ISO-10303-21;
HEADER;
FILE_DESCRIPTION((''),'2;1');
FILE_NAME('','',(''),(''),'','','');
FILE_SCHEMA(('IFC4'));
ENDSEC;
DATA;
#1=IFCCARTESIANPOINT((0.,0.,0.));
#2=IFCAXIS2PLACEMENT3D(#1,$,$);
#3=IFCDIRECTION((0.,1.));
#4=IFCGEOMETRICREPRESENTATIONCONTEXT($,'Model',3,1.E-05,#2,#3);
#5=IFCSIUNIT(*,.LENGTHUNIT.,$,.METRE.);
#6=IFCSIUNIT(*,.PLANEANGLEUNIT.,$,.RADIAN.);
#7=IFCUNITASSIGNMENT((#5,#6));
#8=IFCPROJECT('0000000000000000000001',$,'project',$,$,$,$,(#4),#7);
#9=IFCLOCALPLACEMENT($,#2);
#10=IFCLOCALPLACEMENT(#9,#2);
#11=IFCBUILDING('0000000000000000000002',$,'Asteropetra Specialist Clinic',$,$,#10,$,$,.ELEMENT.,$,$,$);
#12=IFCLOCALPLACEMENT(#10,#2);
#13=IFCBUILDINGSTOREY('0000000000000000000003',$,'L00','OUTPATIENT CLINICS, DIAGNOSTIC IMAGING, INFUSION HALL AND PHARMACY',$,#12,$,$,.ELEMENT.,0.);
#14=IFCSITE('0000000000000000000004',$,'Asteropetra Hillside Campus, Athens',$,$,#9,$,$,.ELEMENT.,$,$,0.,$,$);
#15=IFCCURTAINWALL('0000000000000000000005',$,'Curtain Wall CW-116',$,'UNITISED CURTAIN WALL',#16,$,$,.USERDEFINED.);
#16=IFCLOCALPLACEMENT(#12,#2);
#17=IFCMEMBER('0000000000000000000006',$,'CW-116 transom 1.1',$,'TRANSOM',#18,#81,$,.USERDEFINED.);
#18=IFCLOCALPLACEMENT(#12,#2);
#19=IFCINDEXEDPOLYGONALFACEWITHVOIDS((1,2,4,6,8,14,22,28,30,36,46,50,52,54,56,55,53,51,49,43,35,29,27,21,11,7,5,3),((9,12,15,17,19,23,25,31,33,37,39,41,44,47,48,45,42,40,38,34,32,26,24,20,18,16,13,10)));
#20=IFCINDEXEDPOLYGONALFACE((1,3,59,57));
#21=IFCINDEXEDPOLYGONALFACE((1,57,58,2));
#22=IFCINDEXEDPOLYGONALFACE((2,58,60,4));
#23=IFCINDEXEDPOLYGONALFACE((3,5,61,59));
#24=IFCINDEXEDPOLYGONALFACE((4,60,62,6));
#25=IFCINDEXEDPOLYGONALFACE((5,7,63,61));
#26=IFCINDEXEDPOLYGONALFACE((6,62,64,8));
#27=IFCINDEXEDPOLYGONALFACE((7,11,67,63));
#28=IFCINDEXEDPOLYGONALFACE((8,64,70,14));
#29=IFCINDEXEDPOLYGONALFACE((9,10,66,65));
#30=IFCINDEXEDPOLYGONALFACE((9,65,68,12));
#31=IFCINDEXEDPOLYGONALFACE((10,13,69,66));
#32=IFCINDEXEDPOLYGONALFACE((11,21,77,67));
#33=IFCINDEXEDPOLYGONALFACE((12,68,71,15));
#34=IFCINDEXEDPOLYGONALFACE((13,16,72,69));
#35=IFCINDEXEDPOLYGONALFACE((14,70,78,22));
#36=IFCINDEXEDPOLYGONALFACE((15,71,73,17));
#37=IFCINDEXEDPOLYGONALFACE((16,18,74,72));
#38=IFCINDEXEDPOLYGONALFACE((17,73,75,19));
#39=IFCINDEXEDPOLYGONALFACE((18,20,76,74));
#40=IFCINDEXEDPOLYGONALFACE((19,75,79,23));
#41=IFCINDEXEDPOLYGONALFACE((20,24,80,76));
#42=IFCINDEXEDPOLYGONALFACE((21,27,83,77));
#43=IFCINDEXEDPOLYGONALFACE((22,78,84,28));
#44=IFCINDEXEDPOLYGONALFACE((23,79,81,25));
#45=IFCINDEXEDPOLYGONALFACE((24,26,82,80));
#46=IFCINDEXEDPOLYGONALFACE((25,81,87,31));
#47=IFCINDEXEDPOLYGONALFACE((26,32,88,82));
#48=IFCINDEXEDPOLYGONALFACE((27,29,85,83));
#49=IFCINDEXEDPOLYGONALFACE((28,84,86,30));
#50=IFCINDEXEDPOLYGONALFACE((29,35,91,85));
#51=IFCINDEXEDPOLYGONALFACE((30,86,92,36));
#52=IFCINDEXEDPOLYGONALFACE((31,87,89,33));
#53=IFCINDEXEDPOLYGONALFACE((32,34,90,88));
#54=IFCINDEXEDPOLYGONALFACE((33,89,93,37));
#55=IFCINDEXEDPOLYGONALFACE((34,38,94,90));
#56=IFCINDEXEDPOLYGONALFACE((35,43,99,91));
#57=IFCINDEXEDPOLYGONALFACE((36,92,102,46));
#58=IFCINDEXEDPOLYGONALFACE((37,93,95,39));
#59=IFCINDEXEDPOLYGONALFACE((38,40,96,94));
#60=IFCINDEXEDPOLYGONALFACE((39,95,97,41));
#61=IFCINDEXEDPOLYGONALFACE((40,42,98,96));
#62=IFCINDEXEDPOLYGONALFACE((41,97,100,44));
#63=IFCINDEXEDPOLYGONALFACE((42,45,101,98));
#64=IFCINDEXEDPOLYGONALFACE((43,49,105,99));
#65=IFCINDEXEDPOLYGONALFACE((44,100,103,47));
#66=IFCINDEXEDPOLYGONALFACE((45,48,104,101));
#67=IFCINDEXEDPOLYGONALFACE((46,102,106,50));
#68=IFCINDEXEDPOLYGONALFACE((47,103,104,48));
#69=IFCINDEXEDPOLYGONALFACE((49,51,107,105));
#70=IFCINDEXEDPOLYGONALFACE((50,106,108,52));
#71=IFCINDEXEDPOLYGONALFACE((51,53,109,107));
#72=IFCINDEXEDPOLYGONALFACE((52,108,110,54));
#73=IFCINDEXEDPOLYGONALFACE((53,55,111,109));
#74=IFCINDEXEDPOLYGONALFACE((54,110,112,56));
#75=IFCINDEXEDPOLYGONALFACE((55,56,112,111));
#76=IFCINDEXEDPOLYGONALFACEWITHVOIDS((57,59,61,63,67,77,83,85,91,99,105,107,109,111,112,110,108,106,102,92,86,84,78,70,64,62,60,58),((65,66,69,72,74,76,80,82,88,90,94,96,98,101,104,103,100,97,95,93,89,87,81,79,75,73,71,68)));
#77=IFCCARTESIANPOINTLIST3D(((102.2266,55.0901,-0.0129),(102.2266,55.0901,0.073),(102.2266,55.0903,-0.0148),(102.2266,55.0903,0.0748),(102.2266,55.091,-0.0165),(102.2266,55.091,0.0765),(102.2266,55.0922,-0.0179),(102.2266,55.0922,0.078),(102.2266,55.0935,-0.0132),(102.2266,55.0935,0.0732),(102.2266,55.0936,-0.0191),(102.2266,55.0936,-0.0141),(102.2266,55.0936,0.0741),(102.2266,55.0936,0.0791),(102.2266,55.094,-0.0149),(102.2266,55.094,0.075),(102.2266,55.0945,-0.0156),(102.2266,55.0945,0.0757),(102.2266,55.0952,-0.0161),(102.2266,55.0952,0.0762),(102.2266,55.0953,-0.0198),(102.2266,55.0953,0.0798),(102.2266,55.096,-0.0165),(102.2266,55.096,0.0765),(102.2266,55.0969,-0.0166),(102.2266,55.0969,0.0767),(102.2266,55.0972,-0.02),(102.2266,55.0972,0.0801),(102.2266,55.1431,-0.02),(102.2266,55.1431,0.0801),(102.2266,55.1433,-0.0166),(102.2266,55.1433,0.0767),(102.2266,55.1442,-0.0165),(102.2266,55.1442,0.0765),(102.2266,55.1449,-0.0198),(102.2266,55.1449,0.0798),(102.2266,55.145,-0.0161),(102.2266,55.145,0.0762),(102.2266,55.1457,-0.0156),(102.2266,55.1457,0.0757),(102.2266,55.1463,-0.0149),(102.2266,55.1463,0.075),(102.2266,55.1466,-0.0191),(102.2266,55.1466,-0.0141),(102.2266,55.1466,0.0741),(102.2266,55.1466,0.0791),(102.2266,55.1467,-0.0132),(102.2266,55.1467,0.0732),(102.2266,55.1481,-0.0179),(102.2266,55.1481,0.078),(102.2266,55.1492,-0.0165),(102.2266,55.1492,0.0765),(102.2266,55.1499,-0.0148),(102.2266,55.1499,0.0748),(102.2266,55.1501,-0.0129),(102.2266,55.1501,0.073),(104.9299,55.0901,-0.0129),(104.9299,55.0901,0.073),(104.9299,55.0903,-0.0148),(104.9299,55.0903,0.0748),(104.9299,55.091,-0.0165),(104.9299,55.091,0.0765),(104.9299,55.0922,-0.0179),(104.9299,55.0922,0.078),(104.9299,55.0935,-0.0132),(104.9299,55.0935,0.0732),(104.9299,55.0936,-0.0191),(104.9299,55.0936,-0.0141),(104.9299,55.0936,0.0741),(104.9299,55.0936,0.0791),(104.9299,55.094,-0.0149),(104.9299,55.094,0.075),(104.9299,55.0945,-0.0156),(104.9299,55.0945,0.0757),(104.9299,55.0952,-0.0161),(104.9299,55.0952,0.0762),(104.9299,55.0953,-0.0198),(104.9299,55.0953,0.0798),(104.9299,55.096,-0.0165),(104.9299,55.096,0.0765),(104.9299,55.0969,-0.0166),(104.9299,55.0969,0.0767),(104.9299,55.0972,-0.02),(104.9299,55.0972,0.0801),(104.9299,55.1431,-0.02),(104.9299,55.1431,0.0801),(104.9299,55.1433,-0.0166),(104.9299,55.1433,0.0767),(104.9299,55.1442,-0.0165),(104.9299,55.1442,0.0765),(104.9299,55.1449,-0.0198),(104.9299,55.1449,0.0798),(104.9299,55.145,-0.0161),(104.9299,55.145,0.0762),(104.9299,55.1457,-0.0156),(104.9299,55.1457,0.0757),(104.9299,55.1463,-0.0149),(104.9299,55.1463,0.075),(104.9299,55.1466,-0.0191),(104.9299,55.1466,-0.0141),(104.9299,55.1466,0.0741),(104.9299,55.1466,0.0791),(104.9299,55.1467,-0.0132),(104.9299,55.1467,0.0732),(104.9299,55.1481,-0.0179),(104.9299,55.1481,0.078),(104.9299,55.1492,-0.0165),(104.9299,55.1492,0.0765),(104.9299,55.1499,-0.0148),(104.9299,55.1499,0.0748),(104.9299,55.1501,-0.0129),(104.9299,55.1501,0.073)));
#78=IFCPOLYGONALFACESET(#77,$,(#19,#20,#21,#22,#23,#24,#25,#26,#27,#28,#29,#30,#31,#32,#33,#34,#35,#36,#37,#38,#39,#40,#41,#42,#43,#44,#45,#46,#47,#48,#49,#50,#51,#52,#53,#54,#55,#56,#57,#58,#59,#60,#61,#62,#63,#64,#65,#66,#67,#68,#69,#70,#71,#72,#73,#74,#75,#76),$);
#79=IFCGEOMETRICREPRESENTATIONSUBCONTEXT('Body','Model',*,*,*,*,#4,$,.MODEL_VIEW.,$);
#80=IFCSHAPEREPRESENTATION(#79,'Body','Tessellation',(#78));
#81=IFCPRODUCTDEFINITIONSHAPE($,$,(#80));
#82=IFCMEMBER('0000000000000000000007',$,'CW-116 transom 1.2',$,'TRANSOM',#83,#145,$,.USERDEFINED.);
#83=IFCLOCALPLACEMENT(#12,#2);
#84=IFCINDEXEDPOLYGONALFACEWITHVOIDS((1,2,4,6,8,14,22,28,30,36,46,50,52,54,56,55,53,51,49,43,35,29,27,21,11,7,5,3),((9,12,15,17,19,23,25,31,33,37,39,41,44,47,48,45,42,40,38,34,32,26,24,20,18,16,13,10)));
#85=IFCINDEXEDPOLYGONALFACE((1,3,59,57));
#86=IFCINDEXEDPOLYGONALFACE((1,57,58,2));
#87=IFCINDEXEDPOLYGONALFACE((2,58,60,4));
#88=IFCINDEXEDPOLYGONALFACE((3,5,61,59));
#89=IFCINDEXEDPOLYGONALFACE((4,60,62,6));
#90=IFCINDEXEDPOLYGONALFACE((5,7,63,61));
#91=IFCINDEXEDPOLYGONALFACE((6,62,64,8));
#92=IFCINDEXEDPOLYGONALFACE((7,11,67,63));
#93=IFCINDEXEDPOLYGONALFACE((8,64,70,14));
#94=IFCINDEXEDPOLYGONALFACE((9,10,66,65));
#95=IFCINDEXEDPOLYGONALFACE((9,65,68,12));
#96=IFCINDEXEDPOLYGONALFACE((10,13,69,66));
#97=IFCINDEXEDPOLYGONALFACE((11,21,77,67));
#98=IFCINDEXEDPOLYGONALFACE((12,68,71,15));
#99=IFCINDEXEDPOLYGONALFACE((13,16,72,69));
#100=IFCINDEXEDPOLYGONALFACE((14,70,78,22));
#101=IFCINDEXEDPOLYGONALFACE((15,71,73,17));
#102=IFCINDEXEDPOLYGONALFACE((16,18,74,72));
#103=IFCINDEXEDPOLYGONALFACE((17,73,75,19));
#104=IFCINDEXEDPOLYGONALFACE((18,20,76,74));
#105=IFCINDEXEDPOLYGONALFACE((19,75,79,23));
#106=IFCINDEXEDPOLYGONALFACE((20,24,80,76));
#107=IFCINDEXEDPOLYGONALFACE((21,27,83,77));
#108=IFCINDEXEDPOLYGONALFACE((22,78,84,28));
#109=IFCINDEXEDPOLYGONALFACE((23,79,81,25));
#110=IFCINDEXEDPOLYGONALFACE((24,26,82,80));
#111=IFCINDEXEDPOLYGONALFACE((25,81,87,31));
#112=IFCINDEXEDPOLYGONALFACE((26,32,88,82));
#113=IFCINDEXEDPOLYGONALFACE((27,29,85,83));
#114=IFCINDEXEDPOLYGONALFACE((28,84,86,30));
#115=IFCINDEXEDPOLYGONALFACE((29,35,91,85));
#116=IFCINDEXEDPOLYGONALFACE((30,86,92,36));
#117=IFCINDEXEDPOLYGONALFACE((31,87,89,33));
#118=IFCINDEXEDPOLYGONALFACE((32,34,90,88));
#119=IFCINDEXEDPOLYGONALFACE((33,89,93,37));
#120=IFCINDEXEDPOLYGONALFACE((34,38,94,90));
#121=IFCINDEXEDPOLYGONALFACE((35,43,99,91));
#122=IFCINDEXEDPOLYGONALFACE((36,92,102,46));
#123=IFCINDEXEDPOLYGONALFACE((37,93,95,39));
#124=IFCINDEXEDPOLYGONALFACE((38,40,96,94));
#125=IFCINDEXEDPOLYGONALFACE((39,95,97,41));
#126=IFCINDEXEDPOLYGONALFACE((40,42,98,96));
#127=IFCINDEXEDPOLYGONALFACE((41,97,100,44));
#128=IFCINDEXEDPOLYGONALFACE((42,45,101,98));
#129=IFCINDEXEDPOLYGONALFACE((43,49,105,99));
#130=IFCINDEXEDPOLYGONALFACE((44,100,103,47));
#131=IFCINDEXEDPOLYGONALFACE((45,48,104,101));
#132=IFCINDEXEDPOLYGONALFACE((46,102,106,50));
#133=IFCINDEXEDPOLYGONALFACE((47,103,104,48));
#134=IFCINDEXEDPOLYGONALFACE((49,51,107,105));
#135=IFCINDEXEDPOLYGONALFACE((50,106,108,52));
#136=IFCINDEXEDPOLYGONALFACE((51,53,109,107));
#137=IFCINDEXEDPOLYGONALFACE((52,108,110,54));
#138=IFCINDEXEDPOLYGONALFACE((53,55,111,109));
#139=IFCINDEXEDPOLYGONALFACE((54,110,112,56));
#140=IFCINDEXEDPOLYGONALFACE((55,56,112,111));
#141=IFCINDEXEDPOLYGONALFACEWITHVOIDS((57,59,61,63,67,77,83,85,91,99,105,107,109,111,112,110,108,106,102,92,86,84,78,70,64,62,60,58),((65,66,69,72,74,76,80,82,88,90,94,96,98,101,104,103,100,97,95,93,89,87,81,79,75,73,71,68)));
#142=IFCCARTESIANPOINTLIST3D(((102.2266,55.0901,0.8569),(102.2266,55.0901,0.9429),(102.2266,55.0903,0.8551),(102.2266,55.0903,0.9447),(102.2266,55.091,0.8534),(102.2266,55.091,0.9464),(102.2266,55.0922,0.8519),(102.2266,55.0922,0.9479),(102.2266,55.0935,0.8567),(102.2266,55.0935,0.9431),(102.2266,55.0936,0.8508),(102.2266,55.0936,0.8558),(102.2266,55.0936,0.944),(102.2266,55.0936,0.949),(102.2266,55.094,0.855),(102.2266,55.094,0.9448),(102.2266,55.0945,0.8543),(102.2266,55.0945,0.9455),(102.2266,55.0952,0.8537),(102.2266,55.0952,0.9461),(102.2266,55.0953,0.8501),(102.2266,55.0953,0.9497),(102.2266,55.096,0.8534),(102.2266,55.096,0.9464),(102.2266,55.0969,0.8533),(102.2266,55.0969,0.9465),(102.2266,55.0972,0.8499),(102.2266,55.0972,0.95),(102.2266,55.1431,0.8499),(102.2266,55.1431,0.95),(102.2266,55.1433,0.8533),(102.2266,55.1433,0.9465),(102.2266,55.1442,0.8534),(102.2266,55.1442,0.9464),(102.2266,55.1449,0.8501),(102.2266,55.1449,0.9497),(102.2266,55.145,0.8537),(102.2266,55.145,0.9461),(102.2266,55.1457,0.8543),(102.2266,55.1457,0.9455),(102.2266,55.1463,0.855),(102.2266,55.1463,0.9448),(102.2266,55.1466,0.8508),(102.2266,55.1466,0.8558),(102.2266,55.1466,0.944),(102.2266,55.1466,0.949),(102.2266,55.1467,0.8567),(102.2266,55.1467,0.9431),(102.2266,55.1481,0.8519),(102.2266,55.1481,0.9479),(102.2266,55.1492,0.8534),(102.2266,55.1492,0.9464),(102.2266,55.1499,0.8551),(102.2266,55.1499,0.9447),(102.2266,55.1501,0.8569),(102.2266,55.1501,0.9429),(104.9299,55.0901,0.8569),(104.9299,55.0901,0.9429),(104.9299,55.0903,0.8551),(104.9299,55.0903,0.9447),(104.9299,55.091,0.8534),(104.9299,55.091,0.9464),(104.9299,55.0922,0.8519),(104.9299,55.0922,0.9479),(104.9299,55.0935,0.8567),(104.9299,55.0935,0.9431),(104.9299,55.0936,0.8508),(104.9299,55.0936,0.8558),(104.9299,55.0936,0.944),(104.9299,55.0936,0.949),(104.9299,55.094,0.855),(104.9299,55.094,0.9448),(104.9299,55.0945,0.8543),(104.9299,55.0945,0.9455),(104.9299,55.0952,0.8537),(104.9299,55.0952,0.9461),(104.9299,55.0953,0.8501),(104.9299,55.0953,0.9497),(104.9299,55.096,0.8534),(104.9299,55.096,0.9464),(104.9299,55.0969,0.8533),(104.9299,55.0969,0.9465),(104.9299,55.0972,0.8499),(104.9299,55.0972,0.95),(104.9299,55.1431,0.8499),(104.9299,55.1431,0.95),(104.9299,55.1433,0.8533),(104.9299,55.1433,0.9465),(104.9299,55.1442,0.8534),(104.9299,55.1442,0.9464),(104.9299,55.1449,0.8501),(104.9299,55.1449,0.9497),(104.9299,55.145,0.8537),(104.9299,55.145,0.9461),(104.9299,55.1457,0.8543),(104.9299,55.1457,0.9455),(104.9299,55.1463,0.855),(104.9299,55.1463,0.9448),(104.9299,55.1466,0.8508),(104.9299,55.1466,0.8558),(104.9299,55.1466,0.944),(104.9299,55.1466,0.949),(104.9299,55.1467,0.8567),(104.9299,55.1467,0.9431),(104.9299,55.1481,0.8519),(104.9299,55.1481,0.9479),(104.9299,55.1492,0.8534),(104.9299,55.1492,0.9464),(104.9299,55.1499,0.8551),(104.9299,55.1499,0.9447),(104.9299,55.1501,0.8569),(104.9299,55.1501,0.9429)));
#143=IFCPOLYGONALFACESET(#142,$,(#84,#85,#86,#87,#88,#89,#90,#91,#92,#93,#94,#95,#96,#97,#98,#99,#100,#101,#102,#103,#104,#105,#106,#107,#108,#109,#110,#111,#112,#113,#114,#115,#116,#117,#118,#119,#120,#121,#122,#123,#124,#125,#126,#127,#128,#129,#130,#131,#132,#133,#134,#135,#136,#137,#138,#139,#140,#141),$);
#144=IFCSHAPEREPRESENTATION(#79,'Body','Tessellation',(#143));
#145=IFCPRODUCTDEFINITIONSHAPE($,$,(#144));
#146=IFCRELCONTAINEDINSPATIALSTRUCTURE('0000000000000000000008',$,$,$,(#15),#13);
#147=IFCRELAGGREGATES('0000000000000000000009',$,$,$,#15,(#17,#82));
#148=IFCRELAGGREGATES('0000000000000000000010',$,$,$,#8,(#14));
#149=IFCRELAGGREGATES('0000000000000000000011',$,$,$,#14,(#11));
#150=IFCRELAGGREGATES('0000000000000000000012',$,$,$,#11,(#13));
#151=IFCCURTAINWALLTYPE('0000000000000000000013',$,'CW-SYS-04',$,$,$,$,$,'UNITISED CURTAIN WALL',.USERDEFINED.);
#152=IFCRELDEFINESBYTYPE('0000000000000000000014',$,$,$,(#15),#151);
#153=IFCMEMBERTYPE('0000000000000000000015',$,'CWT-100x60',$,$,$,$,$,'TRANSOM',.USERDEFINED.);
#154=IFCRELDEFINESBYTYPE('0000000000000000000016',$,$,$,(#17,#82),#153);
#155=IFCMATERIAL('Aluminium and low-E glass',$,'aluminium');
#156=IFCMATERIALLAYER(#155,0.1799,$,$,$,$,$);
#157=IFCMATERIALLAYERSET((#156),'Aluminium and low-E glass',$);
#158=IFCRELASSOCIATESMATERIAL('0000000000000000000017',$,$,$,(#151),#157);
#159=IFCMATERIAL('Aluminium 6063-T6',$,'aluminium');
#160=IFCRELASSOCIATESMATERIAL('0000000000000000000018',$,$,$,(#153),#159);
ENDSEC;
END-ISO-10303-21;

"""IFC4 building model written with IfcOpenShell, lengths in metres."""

from ifc_helpers import new_model, si_unit, direction, frame, origin, origin_2d, place, context, subcontext, project, spatial, hollow_rectangle, extrude, material, layer, layer_set, material_profile, profile_set, type_object, element, aggregate, save


model = new_model("IFC4")

# Units and contexts
model_context = context("Model", 3, precision=1e-05, world=origin(), true_north=direction((0.0, 1.0)))
body_context = subcontext(model_context, "Body", "Model", "MODEL_VIEW")
ifc_project = project(units=[si_unit("LENGTHUNIT", "METRE"), si_unit("PLANEANGLEUNIT", "RADIAN")], contexts=[model_context])

# Site, building, storey
site_placement = place(None, origin())
site = spatial("IfcSite", under=ifc_project, at=site_placement, Name="Asteropetra Hillside Campus, Athens", CompositionType="ELEMENT", RefElevation=0.0)
building_placement = place(site_placement, origin())
building = spatial("IfcBuilding", under=site, at=building_placement, Name="Asteropetra Specialist Clinic", CompositionType="ELEMENT")
storey_placement = place(building_placement, origin())
storey = spatial("IfcBuildingStorey", under=building, at=storey_placement, Name="L00", Description="OUTPATIENT CLINICS, DIAGNOSTIC IMAGING, INFUSION HALL AND PHARMACY", CompositionType="ELEMENT", Elevation=0.0)

# Curtain wall
ifc_material_1 = material(Name="Aluminium and low-E glass", Category="aluminium")
ifc_layer_1 = layer(ifc_material_1, 0.1799)
ifc_layer_set_1 = layer_set([ifc_layer_1], Name="Aluminium and low-E glass")
curtain_wall_type_1 = type_object("IfcCurtainWallType", Name="CW-SYS-04", ElementType="UNITISED CURTAIN WALL", PredefinedType="USERDEFINED", material=ifc_layer_set_1)
curtain_wall_1_placement = place(storey_placement, origin())
curtain_wall_1 = element("IfcCurtainWall", 1, at=curtain_wall_1_placement, inside=storey, type_object=curtain_wall_type_1, Name="Curtain Wall CW-116", ObjectType="UNITISED CURTAIN WALL", PredefinedType="USERDEFINED")

# Members
ifc_material_2 = material(Name="Aluminium 6063-T6", Category="aluminium")
ifc_material_profile_1 = material_profile(ifc_material_2, hollow_rectangle(XDim=0.0601, YDim=0.1001, WallThickness=0.0034, InnerFilletRadius=0.0034, OuterFilletRadius=0.0071, at=origin_2d()), Name="TRN 100x60x3.5")
ifc_profile_set_1 = profile_set([ifc_material_profile_1], Name="Aluminium 6063-T6")
member_type_1 = type_object("IfcMemberType", Name="CWT-100x60", ElementType="TRANSOM", PredefinedType="USERDEFINED", material=ifc_profile_set_1)
member_1_placement = place(storey_placement, frame((104.9299, 55.1201, 0.03), z_axis=(-1.0, 0.0, 0.0), x_axis=(0.0, -1.0, 0.0)))
member_1 = element("IfcMember", 2, at=member_1_placement, type_object=member_type_1, Name="CW-116 transom 1.1", ObjectType="TRANSOM", PredefinedType="USERDEFINED", context=body_context, shape_type="SweptSolid", body=[
    extrude(hollow_rectangle(XDim=0.0601, YDim=0.1001, WallThickness=0.0034, InnerFilletRadius=0.0034, OuterFilletRadius=0.0071, at=origin_2d()), origin(), (0.0, 0.0, 1.0), 2.7034),
])
member_2_placement = place(storey_placement, frame((104.9299, 55.1201, 0.8999), z_axis=(-1.0, 0.0, 0.0), x_axis=(0.0, -1.0, 0.0)))
member_2 = element("IfcMember", 3, at=member_2_placement, type_object=member_type_1, Name="CW-116 transom 1.2", ObjectType="TRANSOM", PredefinedType="USERDEFINED", context=body_context, shape_type="SweptSolid", body=[
    extrude(hollow_rectangle(XDim=0.0601, YDim=0.1001, WallThickness=0.0034, InnerFilletRadius=0.0034, OuterFilletRadius=0.0071, at=origin_2d()), origin(), (0.0, 0.0, 1.0), 2.7034),
])

aggregate(curtain_wall_1, [member_1, member_2])

save(model, "model.ifc")
